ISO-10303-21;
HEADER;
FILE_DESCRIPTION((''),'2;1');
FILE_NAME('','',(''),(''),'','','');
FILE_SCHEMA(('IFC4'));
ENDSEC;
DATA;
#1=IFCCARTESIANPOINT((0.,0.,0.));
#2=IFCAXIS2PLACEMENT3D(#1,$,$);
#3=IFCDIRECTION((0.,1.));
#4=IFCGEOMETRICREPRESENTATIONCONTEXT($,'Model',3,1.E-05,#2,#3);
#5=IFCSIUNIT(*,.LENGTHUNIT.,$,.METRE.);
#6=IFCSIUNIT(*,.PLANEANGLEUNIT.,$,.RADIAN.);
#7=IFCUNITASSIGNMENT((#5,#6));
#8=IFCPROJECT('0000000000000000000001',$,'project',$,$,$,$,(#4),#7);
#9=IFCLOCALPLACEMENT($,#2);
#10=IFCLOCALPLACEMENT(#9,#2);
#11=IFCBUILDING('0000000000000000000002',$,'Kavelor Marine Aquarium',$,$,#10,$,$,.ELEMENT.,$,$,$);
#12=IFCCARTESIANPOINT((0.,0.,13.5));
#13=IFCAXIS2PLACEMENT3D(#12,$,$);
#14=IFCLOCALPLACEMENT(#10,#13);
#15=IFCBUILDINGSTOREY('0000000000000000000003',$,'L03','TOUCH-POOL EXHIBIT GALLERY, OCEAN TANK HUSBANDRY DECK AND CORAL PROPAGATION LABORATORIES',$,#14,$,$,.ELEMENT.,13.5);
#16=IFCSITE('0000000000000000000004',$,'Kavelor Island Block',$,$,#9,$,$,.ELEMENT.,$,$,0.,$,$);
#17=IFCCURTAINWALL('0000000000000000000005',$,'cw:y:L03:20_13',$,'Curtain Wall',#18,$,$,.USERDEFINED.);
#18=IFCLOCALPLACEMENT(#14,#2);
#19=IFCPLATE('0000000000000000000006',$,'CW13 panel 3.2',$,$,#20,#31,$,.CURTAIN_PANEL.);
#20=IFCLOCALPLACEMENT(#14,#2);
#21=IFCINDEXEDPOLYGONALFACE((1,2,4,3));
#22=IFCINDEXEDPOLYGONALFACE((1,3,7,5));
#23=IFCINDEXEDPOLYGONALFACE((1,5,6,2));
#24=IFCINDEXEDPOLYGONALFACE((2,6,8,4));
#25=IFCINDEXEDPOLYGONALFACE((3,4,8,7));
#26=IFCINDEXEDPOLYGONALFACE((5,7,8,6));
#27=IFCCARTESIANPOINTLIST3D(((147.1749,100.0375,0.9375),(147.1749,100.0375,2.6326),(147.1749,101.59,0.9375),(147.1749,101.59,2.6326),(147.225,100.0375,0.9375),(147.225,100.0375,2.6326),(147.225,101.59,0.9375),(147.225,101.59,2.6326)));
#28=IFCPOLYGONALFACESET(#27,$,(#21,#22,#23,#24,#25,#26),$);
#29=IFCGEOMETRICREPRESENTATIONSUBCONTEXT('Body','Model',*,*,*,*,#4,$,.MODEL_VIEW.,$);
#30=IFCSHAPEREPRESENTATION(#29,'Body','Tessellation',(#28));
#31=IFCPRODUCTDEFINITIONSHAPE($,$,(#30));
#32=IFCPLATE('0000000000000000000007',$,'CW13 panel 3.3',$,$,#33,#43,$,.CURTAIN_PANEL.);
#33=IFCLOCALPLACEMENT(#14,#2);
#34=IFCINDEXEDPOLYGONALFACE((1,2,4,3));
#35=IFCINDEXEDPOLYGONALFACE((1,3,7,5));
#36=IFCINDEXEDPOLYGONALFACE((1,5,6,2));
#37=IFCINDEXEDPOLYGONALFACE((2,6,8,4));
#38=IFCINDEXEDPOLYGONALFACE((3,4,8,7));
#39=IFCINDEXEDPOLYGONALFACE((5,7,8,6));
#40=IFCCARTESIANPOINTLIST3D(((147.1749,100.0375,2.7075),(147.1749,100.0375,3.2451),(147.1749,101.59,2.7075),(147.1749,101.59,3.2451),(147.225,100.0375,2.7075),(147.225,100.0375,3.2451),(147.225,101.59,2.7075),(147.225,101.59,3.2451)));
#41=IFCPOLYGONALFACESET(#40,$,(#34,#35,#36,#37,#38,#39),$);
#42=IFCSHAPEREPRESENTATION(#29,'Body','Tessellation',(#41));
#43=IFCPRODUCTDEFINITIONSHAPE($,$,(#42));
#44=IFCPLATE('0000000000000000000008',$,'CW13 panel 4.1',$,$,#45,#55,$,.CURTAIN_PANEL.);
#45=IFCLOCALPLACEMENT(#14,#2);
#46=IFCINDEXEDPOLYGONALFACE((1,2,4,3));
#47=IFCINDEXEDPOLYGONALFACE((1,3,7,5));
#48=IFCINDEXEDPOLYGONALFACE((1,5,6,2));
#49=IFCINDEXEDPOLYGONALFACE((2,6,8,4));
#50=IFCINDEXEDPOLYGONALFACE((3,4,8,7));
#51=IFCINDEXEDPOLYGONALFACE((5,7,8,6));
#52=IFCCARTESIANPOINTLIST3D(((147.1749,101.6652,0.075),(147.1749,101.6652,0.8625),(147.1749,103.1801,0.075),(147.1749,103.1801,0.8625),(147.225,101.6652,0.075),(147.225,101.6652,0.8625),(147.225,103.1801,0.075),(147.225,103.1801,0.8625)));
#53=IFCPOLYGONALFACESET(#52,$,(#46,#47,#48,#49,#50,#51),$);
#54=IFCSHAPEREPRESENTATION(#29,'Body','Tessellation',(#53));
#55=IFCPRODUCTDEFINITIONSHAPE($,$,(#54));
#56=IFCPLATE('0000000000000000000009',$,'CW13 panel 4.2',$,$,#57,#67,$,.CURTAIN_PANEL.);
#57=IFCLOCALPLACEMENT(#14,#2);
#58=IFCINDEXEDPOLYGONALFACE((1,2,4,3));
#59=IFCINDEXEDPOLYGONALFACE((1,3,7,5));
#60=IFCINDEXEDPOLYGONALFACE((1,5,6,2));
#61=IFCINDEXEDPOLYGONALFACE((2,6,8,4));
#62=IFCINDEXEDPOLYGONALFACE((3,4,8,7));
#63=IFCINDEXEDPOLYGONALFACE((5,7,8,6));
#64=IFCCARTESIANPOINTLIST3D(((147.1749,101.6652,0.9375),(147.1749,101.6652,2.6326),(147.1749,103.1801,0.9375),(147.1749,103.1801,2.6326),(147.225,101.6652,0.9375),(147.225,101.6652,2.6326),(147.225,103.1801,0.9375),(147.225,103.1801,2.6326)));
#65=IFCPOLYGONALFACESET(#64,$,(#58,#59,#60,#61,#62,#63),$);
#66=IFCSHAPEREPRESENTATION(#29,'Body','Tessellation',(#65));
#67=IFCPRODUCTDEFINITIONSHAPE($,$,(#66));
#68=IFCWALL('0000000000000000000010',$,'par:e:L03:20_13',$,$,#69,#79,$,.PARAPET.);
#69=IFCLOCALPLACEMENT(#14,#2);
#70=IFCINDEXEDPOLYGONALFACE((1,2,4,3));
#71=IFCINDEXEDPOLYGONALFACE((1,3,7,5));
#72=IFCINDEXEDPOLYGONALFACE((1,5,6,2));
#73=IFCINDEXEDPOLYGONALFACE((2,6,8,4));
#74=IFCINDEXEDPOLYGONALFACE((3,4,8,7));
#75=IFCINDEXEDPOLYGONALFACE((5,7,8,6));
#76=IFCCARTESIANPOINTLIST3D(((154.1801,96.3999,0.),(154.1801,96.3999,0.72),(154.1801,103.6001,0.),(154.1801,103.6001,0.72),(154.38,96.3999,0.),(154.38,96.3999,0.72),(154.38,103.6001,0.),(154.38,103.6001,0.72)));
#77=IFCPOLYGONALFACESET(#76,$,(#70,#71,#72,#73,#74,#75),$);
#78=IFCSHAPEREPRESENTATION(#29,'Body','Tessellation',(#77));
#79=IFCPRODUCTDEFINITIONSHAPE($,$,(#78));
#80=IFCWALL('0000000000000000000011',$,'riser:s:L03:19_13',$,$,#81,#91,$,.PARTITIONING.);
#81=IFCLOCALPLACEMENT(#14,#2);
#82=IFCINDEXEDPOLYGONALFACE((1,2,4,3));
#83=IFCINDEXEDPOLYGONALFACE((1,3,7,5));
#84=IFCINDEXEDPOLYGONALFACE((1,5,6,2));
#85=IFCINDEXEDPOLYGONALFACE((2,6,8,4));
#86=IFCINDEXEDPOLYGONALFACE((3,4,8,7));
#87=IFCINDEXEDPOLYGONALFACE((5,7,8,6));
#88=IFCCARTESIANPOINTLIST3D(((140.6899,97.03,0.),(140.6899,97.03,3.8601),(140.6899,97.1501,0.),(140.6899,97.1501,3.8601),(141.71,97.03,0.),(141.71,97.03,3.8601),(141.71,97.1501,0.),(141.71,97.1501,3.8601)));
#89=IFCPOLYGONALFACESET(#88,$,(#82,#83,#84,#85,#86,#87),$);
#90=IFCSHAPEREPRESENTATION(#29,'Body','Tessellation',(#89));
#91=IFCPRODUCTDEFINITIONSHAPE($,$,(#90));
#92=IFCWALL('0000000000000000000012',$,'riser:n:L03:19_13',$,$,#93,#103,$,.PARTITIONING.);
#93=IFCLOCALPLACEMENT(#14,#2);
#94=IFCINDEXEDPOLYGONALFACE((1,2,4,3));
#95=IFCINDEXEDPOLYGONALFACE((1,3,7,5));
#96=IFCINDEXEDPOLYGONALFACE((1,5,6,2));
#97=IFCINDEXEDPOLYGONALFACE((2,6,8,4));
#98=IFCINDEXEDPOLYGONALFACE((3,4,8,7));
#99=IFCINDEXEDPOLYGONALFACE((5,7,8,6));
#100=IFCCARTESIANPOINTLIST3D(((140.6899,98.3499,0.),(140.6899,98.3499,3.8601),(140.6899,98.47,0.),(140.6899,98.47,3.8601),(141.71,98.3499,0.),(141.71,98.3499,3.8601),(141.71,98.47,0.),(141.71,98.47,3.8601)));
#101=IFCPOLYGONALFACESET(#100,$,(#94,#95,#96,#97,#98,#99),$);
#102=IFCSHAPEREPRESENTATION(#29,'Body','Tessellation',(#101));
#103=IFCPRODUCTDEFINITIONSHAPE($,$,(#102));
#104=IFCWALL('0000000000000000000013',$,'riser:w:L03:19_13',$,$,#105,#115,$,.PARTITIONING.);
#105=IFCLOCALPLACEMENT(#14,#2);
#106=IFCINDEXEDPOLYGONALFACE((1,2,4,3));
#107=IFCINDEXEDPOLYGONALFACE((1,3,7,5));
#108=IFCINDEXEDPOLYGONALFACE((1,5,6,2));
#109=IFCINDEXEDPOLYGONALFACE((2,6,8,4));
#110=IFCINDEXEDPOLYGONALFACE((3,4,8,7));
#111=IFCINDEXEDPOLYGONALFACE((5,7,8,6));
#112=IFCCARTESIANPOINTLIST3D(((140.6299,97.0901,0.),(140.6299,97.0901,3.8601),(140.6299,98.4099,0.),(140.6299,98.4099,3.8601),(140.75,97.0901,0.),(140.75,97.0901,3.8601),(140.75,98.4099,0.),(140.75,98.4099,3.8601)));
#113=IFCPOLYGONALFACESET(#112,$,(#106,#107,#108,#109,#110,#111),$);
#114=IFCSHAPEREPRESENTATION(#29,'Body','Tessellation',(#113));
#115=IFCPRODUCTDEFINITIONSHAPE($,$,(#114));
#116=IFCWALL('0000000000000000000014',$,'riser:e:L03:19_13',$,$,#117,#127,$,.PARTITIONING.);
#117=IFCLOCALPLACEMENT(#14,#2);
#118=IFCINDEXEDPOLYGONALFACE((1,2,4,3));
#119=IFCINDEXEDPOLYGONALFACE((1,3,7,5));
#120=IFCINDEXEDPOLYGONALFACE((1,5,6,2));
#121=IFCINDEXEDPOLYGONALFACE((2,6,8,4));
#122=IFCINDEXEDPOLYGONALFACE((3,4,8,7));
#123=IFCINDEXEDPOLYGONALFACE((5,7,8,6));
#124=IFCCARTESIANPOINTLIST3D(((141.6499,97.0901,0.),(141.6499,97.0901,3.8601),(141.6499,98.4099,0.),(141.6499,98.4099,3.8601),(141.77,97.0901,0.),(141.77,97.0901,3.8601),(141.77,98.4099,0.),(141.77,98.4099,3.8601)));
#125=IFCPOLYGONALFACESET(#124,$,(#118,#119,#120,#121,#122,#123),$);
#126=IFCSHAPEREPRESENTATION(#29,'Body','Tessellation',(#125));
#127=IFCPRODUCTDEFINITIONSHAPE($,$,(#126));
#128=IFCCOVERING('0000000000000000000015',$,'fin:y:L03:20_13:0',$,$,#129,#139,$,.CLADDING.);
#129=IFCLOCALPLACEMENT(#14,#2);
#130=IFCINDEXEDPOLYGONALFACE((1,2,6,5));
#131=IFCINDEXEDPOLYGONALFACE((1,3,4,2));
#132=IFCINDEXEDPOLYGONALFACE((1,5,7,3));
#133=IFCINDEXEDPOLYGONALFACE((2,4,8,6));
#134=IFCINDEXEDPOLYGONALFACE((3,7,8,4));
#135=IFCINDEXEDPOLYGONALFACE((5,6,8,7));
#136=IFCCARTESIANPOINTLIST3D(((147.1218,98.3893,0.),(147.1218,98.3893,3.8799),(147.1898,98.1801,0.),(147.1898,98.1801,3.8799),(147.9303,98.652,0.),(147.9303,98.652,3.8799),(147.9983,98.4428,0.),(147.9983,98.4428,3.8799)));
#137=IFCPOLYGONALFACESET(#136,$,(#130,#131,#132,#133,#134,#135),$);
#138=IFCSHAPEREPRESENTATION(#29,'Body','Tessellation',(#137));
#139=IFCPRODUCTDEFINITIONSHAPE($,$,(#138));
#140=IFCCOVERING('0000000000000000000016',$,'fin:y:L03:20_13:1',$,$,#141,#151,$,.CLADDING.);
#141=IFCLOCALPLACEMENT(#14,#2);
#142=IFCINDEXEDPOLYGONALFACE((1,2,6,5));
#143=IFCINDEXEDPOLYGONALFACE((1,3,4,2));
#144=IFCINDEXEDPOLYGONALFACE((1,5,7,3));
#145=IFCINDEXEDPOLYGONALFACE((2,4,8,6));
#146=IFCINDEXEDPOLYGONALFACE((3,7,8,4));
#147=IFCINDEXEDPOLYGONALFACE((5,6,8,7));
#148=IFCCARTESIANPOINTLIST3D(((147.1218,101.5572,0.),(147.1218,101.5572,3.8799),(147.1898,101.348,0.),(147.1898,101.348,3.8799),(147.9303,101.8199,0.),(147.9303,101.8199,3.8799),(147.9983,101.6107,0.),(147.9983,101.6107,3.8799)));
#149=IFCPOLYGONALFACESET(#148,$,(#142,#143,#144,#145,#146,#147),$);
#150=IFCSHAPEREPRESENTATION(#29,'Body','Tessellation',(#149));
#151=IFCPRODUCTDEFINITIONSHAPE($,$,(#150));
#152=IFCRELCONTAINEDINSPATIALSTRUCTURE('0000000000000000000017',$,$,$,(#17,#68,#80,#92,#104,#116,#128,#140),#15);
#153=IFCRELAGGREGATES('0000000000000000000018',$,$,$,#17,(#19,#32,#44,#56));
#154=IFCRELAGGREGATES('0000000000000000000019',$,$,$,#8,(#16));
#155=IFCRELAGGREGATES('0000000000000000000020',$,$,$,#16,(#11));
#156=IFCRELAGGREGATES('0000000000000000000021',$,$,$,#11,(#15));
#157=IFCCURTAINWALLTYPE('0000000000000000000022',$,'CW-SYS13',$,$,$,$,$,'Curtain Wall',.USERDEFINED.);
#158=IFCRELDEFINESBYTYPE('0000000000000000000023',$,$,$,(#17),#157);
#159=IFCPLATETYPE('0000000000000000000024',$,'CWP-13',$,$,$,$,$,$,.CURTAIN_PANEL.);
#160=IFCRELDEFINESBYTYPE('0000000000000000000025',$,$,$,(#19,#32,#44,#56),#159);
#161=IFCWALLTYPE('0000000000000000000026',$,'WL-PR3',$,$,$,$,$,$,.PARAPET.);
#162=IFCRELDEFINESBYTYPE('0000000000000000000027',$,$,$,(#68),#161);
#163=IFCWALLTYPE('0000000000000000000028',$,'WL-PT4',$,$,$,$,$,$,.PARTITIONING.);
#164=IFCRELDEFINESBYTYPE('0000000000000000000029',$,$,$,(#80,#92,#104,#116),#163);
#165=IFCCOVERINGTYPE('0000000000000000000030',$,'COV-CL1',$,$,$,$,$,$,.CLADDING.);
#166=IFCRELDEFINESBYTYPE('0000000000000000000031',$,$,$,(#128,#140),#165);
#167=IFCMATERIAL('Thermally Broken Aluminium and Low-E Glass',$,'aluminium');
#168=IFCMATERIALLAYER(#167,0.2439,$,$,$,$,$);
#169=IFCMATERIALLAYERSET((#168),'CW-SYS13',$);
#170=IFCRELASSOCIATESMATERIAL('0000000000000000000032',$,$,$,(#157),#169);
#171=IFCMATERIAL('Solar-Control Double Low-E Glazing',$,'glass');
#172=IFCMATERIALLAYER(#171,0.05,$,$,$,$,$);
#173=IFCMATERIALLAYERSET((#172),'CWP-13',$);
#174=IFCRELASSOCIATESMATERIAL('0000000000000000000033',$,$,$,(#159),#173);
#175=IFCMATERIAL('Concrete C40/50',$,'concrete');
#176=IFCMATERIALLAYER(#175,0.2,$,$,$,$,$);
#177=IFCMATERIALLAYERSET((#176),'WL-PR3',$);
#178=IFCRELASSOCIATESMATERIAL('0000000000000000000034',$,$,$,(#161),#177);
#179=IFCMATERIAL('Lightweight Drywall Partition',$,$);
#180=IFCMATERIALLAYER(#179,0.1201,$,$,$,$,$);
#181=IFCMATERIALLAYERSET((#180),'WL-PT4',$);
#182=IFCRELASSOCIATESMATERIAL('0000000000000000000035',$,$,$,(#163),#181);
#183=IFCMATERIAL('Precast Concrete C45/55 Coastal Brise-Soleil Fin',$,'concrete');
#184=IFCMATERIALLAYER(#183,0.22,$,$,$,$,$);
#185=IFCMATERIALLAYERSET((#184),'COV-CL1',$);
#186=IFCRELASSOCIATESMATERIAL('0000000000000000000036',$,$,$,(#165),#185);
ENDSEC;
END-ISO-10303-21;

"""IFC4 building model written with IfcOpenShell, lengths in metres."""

from ifc_helpers import new_model, si_unit, direction, frame, frame_2d, origin, origin_2d, place, context, subcontext, project, spatial, rectangle, extrude, material, layer, layer_set, type_object, element, aggregate, save


model = new_model("IFC4")

# Units and contexts
model_context = context("Model", 3, precision=1e-05, world=origin(), true_north=direction((0.0, 1.0)))
body_context = subcontext(model_context, "Body", "Model", "MODEL_VIEW")
ifc_project = project(units=[si_unit("LENGTHUNIT", "METRE"), si_unit("PLANEANGLEUNIT", "RADIAN")], contexts=[model_context])

# Site, building, storey
site_placement = place(None, origin())
site = spatial("IfcSite", under=ifc_project, at=site_placement, Name="Kavelor Island Block", CompositionType="ELEMENT", RefElevation=0.0)
building_placement = place(site_placement, origin())
building = spatial("IfcBuilding", under=site, at=building_placement, Name="Kavelor Marine Aquarium", CompositionType="ELEMENT")
storey_placement = place(building_placement, frame((0.0, 0.0, 13.5)))
storey = spatial("IfcBuildingStorey", under=building, at=storey_placement, Name="L03", Description="TOUCH-POOL EXHIBIT GALLERY, OCEAN TANK HUSBANDRY DECK AND CORAL PROPAGATION LABORATORIES", CompositionType="ELEMENT", Elevation=13.5)

# Curtain wall, plates
ifc_material_1 = material(Name="Thermally Broken Aluminium and Low-E Glass", Category="aluminium")
ifc_layer_1 = layer(ifc_material_1, 0.2439)
ifc_layer_set_1 = layer_set([ifc_layer_1], Name="CW-SYS13")
curtain_wall_type = type_object("IfcCurtainWallType", Name="CW-SYS13", ElementType="Curtain Wall", PredefinedType="USERDEFINED", material=ifc_layer_set_1)
curtain_wall_placement = place(storey_placement, origin())
curtain_wall = element("IfcCurtainWall", 1, at=curtain_wall_placement, inside=storey, type_object=curtain_wall_type, Name="cw:y:L03:20_13", ObjectType="Curtain Wall", PredefinedType="USERDEFINED")
ifc_material_2 = material(Name="Solar-Control Double Low-E Glazing", Category="glass")
ifc_layer_2 = layer(ifc_material_2, 0.05)
ifc_layer_set_2 = layer_set([ifc_layer_2], Name="CWP-13")
plate_type = type_object("IfcPlateType", Name="CWP-13", PredefinedType="CURTAIN_PANEL", material=ifc_layer_set_2)
plate_1_placement = place(storey_placement, frame((147.2, 100.8137, 0.9375), z_axis=(0.0, 0.0, 1.0), x_axis=(0.0, 1.0, 0.0)))
plate_1 = element("IfcPlate", 2, at=plate_1_placement, type_object=plate_type, Name="CW13 panel 3.2", PredefinedType="CURTAIN_PANEL", context=body_context, shape_type="SweptSolid", body=[
    extrude(rectangle(XDim=1.5525, YDim=0.05, at=origin_2d()), origin(), (0.0, 0.0, 1.0), 1.6951),
])
plate_2_placement = place(storey_placement, frame((147.2, 100.8137, 2.7075), z_axis=(0.0, 0.0, 1.0), x_axis=(0.0, 1.0, 0.0)))
plate_2 = element("IfcPlate", 3, at=plate_2_placement, type_object=plate_type, Name="CW13 panel 3.3", PredefinedType="CURTAIN_PANEL", context=body_context, shape_type="SweptSolid", body=[
    extrude(rectangle(XDim=1.5525, YDim=0.05, at=origin_2d()), origin(), (0.0, 0.0, 1.0), 0.5376),
])
plate_3_placement = place(storey_placement, frame((147.2, 102.4226, 0.075), z_axis=(0.0, 0.0, 1.0), x_axis=(0.0, 1.0, 0.0)))
plate_3 = element("IfcPlate", 4, at=plate_3_placement, type_object=plate_type, Name="CW13 panel 4.1", PredefinedType="CURTAIN_PANEL", context=body_context, shape_type="SweptSolid", body=[
    extrude(rectangle(XDim=1.5149, YDim=0.05, at=origin_2d()), origin(), (0.0, 0.0, 1.0), 0.7876),
])
plate_4_placement = place(storey_placement, frame((147.2, 102.4226, 0.9375), z_axis=(0.0, 0.0, 1.0), x_axis=(0.0, 1.0, 0.0)))
plate_4 = element("IfcPlate", 5, at=plate_4_placement, type_object=plate_type, Name="CW13 panel 4.2", PredefinedType="CURTAIN_PANEL", context=body_context, shape_type="SweptSolid", body=[
    extrude(rectangle(XDim=1.5149, YDim=0.05, at=origin_2d()), origin(), (0.0, 0.0, 1.0), 1.6951),
])
aggregate(curtain_wall, [plate_1, plate_2, plate_3, plate_4])

# Walls
ifc_material_3 = material(Name="Concrete C40/50", Category="concrete")
ifc_layer_3 = layer(ifc_material_3, 0.2)
ifc_layer_set_3 = layer_set([ifc_layer_3], Name="WL-PR3")
wall_type_1 = type_object("IfcWallType", Name="WL-PR3", PredefinedType="PARAPET", material=ifc_layer_set_3)
wall_placement = place(storey_placement, frame((154.28, 96.3999, 0.0), z_axis=(0.0, 0.0, 1.0), x_axis=(0.0, 1.0, 0.0)))
element("IfcWall", 6, at=wall_placement, inside=storey, type_object=wall_type_1, Name="par:e:L03:20_13", PredefinedType="PARAPET", context=body_context, shape_type="SweptSolid", body=[
    extrude(rectangle(XDim=7.2002, YDim=0.2, at=frame_2d((3.6001, 0.0))), origin(), (0.0, 0.0, 1.0), 0.72),
])
ifc_material_4 = material(Name="Lightweight Drywall Partition")
ifc_layer_4 = layer(ifc_material_4, 0.1201)
ifc_layer_set_4 = layer_set([ifc_layer_4], Name="WL-PT4")
wall_type_2 = type_object("IfcWallType", Name="WL-PT4", PredefinedType="PARTITIONING", material=ifc_layer_set_4)
for number, where, z_axis, x_axis, name in (
    (7, (140.6899, 97.0901, 0.0), (0.0, 0.0, 1.0), (1.0, 0.0, 0.0), "riser:s:L03:19_13"),
    (8, (140.6899, 98.4099, 0.0), (0.0, 0.0, 1.0), (1.0, 0.0, 0.0), "riser:n:L03:19_13"),
):
    element("IfcWall", number, at=place(storey_placement, frame(where, z_axis=z_axis, x_axis=x_axis)), inside=storey, type_object=wall_type_2, Name=name, PredefinedType="PARTITIONING", context=body_context, shape_type="SweptSolid", body=[
        extrude(rectangle(XDim=1.02, YDim=0.1201, at=frame_2d((0.51, 0.0))), origin(), (0.0, 0.0, 1.0), 3.8601),
    ])
for number, where, z_axis, x_axis, name in (
    (9, (140.6899, 97.0901, 0.0), (0.0, 0.0, 1.0), (0.0, 1.0, 0.0), "riser:w:L03:19_13"),
    (10, (141.71, 97.0901, 0.0), (0.0, 0.0, 1.0), (0.0, 1.0, 0.0), "riser:e:L03:19_13"),
):
    element("IfcWall", number, at=place(storey_placement, frame(where, z_axis=z_axis, x_axis=x_axis)), inside=storey, type_object=wall_type_2, Name=name, PredefinedType="PARTITIONING", context=body_context, shape_type="SweptSolid", body=[
        extrude(rectangle(XDim=1.3198, YDim=0.1201, at=frame_2d((0.6599, 0.0))), origin(), (0.0, 0.0, 1.0), 3.8601),
    ])

# Coverings
ifc_material_5 = material(Name="Precast Concrete C45/55 Coastal Brise-Soleil Fin", Category="concrete")
ifc_layer_5 = layer(ifc_material_5, 0.22)
ifc_layer_set_5 = layer_set([ifc_layer_5], Name="COV-CL1")
covering_type = type_object("IfcCoveringType", Name="COV-CL1", PredefinedType="CLADDING", material=ifc_layer_set_5)
for number, where, z_axis, x_axis, name in (
    (11, (147.5601, 98.416, 0.0), (0.0, 0.0, 1.0), (0.951057, 0.309017, 0.0), "fin:y:L03:20_13:0"),
    (12, (147.5601, 101.584, 0.0), (0.0, 0.0, 1.0), (0.951057, 0.309017, 0.0), "fin:y:L03:20_13:1"),
):
    element("IfcCovering", number, at=place(storey_placement, frame(where, z_axis=z_axis, x_axis=x_axis)), inside=storey, type_object=covering_type, Name=name, PredefinedType="CLADDING", context=body_context, shape_type="SweptSolid", body=[
        extrude(rectangle(XDim=0.8501, YDim=0.22, at=origin_2d()), origin(), (0.0, 0.0, 1.0), 3.8799),
    ])

save(model, "model.ifc")
